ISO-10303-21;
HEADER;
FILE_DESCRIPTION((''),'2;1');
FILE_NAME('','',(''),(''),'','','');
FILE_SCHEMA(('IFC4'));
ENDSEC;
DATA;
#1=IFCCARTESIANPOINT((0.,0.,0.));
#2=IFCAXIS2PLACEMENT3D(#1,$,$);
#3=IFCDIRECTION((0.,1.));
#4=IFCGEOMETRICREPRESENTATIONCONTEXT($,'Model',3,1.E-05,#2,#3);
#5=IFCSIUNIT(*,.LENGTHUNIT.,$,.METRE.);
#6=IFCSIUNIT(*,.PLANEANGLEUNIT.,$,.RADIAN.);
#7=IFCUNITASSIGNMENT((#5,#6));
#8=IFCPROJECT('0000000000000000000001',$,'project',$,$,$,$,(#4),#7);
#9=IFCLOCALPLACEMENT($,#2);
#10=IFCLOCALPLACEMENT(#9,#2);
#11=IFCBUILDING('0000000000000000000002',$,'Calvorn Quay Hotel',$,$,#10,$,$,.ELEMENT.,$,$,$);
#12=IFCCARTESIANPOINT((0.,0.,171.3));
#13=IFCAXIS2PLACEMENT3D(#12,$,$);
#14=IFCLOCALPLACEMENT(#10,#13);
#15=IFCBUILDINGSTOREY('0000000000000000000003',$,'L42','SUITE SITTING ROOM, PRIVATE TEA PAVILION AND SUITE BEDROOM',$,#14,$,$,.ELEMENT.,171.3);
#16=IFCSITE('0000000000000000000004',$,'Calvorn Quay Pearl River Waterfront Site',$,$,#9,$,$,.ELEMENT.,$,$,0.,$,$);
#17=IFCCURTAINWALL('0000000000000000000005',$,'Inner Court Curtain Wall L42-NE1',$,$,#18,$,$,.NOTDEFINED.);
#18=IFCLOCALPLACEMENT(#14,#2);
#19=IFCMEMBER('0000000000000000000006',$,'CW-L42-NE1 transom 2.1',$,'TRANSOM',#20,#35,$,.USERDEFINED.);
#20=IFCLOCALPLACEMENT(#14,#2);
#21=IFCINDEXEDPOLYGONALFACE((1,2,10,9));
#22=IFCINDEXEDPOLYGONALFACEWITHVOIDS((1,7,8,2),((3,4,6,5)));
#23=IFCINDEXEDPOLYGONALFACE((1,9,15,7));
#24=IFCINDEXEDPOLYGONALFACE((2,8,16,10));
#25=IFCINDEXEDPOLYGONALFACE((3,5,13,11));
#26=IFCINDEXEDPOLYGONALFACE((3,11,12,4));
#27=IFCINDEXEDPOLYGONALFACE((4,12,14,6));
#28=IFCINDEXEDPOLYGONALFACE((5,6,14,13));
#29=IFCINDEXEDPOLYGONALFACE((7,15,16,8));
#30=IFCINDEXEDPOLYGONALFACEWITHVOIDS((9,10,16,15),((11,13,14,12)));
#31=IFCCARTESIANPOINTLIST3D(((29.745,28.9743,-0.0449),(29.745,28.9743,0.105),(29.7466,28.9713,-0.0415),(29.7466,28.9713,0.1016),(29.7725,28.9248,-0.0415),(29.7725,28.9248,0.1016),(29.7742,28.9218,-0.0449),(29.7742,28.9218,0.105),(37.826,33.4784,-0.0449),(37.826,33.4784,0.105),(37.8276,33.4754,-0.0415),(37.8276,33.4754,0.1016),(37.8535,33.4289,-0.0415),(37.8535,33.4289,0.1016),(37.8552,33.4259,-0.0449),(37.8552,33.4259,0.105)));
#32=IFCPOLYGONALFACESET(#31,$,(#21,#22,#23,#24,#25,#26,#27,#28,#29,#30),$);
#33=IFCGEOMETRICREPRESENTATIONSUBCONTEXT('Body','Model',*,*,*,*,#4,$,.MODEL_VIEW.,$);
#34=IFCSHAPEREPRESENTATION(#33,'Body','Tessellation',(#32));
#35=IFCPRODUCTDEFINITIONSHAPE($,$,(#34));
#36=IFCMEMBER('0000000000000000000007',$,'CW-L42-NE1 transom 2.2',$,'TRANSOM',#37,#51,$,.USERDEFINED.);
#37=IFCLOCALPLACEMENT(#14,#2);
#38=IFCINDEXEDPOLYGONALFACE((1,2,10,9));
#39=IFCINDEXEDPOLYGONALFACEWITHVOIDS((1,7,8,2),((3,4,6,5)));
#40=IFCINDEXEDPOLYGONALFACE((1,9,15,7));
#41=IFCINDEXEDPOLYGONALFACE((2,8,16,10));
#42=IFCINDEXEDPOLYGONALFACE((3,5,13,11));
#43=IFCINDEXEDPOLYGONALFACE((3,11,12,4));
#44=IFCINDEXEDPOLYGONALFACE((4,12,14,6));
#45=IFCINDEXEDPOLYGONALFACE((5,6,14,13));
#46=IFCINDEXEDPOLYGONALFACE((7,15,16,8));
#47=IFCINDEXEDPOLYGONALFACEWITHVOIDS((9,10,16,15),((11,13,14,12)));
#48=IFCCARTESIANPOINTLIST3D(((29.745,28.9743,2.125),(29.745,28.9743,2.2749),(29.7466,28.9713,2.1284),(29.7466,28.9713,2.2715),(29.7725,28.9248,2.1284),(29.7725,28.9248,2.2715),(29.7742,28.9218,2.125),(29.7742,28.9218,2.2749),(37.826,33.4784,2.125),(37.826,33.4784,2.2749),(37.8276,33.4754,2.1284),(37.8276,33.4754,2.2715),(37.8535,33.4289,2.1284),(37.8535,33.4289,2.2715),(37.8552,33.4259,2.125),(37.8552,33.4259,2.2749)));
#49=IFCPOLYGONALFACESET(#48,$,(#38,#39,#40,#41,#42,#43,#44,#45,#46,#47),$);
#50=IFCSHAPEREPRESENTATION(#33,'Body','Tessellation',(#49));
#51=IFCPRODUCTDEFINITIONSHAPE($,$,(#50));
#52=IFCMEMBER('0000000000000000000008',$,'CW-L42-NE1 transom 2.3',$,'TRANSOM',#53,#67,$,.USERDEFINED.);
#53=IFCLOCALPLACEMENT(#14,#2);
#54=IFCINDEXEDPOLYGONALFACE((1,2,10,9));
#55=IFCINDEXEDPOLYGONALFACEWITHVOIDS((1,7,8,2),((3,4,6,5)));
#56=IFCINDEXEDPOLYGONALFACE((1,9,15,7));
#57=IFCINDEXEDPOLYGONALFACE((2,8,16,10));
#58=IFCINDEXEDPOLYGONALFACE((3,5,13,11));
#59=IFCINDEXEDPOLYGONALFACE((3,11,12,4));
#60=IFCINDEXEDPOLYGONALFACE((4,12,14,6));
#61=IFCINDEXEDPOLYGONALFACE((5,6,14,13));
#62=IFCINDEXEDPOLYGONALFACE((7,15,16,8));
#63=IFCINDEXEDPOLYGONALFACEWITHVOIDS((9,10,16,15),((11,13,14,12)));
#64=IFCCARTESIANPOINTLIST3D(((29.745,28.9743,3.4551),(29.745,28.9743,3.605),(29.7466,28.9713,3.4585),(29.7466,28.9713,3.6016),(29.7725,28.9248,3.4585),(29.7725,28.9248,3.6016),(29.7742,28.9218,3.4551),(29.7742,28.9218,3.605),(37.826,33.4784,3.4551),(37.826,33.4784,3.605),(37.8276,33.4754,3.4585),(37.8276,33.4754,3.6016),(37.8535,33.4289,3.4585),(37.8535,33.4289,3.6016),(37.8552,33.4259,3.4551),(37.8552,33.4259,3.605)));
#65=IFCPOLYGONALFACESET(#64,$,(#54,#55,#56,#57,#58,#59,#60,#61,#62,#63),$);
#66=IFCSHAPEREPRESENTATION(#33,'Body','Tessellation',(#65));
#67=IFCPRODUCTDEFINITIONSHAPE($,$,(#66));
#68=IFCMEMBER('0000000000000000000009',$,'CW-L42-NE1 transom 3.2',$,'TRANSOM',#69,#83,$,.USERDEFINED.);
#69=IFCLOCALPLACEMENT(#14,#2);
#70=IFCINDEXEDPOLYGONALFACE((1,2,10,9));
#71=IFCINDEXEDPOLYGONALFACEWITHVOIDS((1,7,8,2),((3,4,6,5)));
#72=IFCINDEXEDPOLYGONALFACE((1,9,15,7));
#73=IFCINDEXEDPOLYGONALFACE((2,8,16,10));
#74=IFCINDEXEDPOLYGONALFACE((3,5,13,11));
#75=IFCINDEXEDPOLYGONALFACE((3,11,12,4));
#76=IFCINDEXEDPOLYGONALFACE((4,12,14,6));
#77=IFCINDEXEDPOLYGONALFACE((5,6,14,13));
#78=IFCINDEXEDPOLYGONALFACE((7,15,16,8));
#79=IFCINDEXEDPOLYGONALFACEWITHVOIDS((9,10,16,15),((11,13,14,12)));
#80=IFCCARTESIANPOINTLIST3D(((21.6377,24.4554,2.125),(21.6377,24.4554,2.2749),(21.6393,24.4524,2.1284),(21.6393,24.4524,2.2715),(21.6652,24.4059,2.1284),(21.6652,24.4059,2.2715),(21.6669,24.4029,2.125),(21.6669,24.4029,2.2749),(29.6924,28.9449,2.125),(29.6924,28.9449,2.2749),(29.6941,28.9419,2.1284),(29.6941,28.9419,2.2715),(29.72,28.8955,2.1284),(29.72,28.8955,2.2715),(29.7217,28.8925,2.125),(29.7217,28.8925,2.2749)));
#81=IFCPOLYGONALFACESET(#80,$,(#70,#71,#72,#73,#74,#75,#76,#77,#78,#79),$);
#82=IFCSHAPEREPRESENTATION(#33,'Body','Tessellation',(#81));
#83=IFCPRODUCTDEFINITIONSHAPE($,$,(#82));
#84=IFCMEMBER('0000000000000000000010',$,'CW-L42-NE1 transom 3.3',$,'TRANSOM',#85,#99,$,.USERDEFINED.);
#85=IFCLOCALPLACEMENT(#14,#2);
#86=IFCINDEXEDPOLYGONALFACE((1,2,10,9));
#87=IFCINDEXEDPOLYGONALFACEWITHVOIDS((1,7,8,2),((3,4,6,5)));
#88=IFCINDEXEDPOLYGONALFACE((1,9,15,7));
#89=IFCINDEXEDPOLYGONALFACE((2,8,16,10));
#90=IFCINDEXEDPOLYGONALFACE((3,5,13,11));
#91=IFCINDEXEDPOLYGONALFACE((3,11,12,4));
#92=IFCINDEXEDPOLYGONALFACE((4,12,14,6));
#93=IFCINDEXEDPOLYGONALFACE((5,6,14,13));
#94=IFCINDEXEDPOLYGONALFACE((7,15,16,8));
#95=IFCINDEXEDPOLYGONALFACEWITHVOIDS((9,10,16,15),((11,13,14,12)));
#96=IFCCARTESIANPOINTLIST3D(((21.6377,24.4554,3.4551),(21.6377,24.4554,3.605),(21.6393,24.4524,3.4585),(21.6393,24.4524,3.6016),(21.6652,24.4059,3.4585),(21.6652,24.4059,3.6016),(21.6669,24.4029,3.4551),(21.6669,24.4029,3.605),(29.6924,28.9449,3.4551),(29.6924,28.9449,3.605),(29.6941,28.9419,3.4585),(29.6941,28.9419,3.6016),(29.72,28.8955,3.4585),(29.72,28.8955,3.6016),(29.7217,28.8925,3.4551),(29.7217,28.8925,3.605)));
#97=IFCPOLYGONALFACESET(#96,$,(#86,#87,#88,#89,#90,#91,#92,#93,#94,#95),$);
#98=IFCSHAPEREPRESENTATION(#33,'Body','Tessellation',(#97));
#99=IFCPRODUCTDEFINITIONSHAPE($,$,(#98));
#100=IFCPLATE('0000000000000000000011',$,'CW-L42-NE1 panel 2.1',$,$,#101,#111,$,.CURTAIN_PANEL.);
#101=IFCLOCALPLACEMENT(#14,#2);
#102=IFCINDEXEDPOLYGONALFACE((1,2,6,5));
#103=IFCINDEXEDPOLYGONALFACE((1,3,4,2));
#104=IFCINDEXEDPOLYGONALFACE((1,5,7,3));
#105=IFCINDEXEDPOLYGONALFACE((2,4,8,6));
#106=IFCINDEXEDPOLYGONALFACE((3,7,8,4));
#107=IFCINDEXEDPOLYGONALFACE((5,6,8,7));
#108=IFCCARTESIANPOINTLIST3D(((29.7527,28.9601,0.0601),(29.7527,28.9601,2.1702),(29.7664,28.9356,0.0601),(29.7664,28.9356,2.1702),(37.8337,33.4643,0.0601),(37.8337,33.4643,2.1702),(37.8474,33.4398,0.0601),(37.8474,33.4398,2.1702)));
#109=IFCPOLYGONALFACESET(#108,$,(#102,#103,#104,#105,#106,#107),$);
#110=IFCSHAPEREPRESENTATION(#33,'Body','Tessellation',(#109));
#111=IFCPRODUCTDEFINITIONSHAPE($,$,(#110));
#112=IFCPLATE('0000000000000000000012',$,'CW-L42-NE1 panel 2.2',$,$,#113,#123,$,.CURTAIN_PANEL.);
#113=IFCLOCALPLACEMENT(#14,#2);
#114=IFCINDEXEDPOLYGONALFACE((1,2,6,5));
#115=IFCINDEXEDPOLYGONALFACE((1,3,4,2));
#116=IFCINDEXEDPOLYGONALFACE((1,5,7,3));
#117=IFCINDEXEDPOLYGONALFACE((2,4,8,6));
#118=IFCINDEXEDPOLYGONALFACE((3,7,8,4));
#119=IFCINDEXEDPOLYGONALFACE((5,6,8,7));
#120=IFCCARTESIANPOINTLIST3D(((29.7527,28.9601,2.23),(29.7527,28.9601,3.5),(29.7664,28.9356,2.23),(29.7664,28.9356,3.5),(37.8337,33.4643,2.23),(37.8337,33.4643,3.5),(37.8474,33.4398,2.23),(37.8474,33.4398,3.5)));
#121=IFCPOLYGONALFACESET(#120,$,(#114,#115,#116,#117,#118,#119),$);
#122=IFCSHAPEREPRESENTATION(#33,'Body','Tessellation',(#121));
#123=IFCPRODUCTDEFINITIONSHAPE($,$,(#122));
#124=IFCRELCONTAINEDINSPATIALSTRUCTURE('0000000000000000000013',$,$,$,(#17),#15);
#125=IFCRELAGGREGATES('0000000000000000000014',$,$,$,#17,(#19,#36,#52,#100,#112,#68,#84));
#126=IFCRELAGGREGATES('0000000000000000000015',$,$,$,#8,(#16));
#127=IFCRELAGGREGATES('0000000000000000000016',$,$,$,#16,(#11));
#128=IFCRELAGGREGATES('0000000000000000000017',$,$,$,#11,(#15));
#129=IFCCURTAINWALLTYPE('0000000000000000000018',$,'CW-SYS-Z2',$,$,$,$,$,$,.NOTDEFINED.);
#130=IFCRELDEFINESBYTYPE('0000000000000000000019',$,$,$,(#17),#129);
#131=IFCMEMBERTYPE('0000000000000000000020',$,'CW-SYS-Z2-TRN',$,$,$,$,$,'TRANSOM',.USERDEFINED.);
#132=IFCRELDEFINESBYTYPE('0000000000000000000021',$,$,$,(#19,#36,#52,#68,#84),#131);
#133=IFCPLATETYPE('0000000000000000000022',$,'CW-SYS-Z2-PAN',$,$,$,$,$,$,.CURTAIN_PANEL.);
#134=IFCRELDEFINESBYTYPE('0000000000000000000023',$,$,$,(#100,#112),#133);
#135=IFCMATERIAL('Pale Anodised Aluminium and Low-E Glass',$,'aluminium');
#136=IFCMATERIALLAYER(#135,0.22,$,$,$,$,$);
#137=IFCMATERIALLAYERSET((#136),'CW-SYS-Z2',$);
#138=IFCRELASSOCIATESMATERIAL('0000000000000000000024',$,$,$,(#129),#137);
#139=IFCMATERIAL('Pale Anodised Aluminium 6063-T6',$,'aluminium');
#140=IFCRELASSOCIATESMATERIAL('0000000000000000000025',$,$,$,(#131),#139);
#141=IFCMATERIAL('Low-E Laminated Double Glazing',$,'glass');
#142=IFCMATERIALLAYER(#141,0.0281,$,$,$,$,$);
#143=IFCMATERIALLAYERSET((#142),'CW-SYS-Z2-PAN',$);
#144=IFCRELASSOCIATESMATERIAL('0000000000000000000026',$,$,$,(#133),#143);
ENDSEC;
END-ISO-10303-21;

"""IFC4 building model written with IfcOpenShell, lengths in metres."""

from ifc_helpers import new_model, si_unit, direction, frame, origin, origin_2d, place, context, subcontext, project, spatial, rectangle, hollow_rectangle, extrude, material, layer, layer_set, material_profile, profile_set, type_object, element, aggregate, save


model = new_model("IFC4")

# Units and contexts
model_context = context("Model", 3, precision=1e-05, world=origin(), true_north=direction((0.0, 1.0)))
body_context = subcontext(model_context, "Body", "Model", "MODEL_VIEW")
ifc_project = project(units=[si_unit("LENGTHUNIT", "METRE"), si_unit("PLANEANGLEUNIT", "RADIAN")], contexts=[model_context])

# Site, building, storey
site_placement = place(None, origin())
site = spatial("IfcSite", under=ifc_project, at=site_placement, Name="Calvorn Quay Pearl River Waterfront Site", CompositionType="ELEMENT", RefElevation=0.0)
building_placement = place(site_placement, origin())
building = spatial("IfcBuilding", under=site, at=building_placement, Name="Calvorn Quay Hotel", CompositionType="ELEMENT")
storey_placement = place(building_placement, frame((0.0, 0.0, 171.3)))
storey = spatial("IfcBuildingStorey", under=building, at=storey_placement, Name="L42", Description="SUITE SITTING ROOM, PRIVATE TEA PAVILION AND SUITE BEDROOM", CompositionType="ELEMENT", Elevation=171.3)

# Curtain wall, members, plates
ifc_material_1 = material(Name="Pale Anodised Aluminium and Low-E Glass", Category="aluminium")
ifc_layer_1 = layer(ifc_material_1, 0.22)
ifc_layer_set_1 = layer_set([ifc_layer_1], Name="CW-SYS-Z2")
curtain_wall_type = type_object("IfcCurtainWallType", Name="CW-SYS-Z2", PredefinedType="NOTDEFINED", material=ifc_layer_set_1)
curtain_wall_placement = place(storey_placement, origin())
curtain_wall = element("IfcCurtainWall", 1, at=curtain_wall_placement, inside=storey, type_object=curtain_wall_type, Name="Inner Court Curtain Wall L42-NE1", PredefinedType="NOTDEFINED")
ifc_material_2 = material(Name="Pale Anodised Aluminium 6063-T6", Category="aluminium")
ifc_material_profile_1 = material_profile(ifc_material_2, hollow_rectangle(XDim=0.0601, YDim=0.1499, WallThickness=0.0034, at=origin_2d()), Name="ALU-T150x60x3.5")
ifc_profile_set_1 = profile_set([ifc_material_profile_1], Name="Pale Anodised Aluminium 6063-T6")
member_type_1 = type_object("IfcMemberType", Name="CW-SYS-Z2-TRN", ElementType="TRANSOM", PredefinedType="USERDEFINED", material=ifc_profile_set_1)
member_1_placement = place(storey_placement, frame((37.8406, 33.4521, 0.03), z_axis=(-0.873483, -0.486855, 0.0), x_axis=(0.486855, -0.873483, 0.0)))
member_1 = element("IfcMember", 2, at=member_1_placement, type_object=member_type_1, Name="CW-L42-NE1 transom 2.1", ObjectType="TRANSOM", PredefinedType="USERDEFINED", context=body_context, shape_type="SweptSolid", body=[
    extrude(hollow_rectangle(XDim=0.0601, YDim=0.1499, WallThickness=0.0034, at=origin_2d()), origin(), (0.0, 0.0, 1.0), 9.2515),
])
member_2_placement = place(storey_placement, frame((37.8406, 33.4521, 2.2), z_axis=(-0.873483, -0.486855, 0.0), x_axis=(0.486855, -0.873483, 0.0)))
member_2 = element("IfcMember", 3, at=member_2_placement, type_object=member_type_1, Name="CW-L42-NE1 transom 2.2", ObjectType="TRANSOM", PredefinedType="USERDEFINED", context=body_context, shape_type="SweptSolid", body=[
    extrude(hollow_rectangle(XDim=0.0601, YDim=0.1499, WallThickness=0.0034, at=origin_2d()), origin(), (0.0, 0.0, 1.0), 9.2515),
])
member_3_placement = place(storey_placement, frame((37.8406, 33.4521, 3.53), z_axis=(-0.873483, -0.486855, 0.0), x_axis=(0.486855, -0.873483, 0.0)))
member_3 = element("IfcMember", 4, at=member_3_placement, type_object=member_type_1, Name="CW-L42-NE1 transom 2.3", ObjectType="TRANSOM", PredefinedType="USERDEFINED", context=body_context, shape_type="SweptSolid", body=[
    extrude(hollow_rectangle(XDim=0.0601, YDim=0.1499, WallThickness=0.0034, at=origin_2d()), origin(), (0.0, 0.0, 1.0), 9.2515),
])
member_4_placement = place(storey_placement, frame((29.707, 28.9187, 2.2), z_axis=(-0.873481, -0.486859, 0.0), x_axis=(0.486859, -0.873481, 0.0)))
member_4 = element("IfcMember", 5, at=member_4_placement, type_object=member_type_1, Name="CW-L42-NE1 transom 3.2", ObjectType="TRANSOM", PredefinedType="USERDEFINED", context=body_context, shape_type="SweptSolid", body=[
    extrude(hollow_rectangle(XDim=0.0601, YDim=0.1499, WallThickness=0.0034, at=origin_2d()), origin(), (0.0, 0.0, 1.0), 9.2214),
])
member_5_placement = place(storey_placement, frame((29.707, 28.9187, 3.53), z_axis=(-0.873481, -0.486859, 0.0), x_axis=(0.486859, -0.873481, 0.0)))
member_5 = element("IfcMember", 6, at=member_5_placement, type_object=member_type_1, Name="CW-L42-NE1 transom 3.3", ObjectType="TRANSOM", PredefinedType="USERDEFINED", context=body_context, shape_type="SweptSolid", body=[
    extrude(hollow_rectangle(XDim=0.0601, YDim=0.1499, WallThickness=0.0034, at=origin_2d()), origin(), (0.0, 0.0, 1.0), 9.2214),
])
ifc_material_3 = material(Name="Low-E Laminated Double Glazing", Category="glass")
ifc_layer_2 = layer(ifc_material_3, 0.0281)
ifc_layer_set_2 = layer_set([ifc_layer_2], Name="CW-SYS-Z2-PAN")
plate_type = type_object("IfcPlateType", Name="CW-SYS-Z2-PAN", PredefinedType="CURTAIN_PANEL", material=ifc_layer_set_2)
plate_1_placement = place(storey_placement, frame((33.8, 31.2, 0.0601), z_axis=(0.0, 0.0, 1.0), x_axis=(-0.873481, -0.486858, 0.0)))
plate_1 = element("IfcPlate", 7, at=plate_1_placement, type_object=plate_type, Name="CW-L42-NE1 panel 2.1", PredefinedType="CURTAIN_PANEL", context=body_context, shape_type="SweptSolid", body=[
    extrude(rectangle(XDim=9.2515, YDim=0.0281, at=origin_2d()), origin(), (0.0, 0.0, 1.0), 2.1101),
])
plate_2_placement = place(storey_placement, frame((33.8, 31.2, 2.23), z_axis=(0.0, 0.0, 1.0), x_axis=(-0.873481, -0.486858, 0.0)))
plate_2 = element("IfcPlate", 8, at=plate_2_placement, type_object=plate_type, Name="CW-L42-NE1 panel 2.2", PredefinedType="CURTAIN_PANEL", context=body_context, shape_type="SweptSolid", body=[
    extrude(rectangle(XDim=9.2515, YDim=0.0281, at=origin_2d()), origin(), (0.0, 0.0, 1.0), 1.27),
])
aggregate(curtain_wall, [member_1, member_2, member_3, plate_1, plate_2, member_4, member_5])

save(model, "model.ifc")
